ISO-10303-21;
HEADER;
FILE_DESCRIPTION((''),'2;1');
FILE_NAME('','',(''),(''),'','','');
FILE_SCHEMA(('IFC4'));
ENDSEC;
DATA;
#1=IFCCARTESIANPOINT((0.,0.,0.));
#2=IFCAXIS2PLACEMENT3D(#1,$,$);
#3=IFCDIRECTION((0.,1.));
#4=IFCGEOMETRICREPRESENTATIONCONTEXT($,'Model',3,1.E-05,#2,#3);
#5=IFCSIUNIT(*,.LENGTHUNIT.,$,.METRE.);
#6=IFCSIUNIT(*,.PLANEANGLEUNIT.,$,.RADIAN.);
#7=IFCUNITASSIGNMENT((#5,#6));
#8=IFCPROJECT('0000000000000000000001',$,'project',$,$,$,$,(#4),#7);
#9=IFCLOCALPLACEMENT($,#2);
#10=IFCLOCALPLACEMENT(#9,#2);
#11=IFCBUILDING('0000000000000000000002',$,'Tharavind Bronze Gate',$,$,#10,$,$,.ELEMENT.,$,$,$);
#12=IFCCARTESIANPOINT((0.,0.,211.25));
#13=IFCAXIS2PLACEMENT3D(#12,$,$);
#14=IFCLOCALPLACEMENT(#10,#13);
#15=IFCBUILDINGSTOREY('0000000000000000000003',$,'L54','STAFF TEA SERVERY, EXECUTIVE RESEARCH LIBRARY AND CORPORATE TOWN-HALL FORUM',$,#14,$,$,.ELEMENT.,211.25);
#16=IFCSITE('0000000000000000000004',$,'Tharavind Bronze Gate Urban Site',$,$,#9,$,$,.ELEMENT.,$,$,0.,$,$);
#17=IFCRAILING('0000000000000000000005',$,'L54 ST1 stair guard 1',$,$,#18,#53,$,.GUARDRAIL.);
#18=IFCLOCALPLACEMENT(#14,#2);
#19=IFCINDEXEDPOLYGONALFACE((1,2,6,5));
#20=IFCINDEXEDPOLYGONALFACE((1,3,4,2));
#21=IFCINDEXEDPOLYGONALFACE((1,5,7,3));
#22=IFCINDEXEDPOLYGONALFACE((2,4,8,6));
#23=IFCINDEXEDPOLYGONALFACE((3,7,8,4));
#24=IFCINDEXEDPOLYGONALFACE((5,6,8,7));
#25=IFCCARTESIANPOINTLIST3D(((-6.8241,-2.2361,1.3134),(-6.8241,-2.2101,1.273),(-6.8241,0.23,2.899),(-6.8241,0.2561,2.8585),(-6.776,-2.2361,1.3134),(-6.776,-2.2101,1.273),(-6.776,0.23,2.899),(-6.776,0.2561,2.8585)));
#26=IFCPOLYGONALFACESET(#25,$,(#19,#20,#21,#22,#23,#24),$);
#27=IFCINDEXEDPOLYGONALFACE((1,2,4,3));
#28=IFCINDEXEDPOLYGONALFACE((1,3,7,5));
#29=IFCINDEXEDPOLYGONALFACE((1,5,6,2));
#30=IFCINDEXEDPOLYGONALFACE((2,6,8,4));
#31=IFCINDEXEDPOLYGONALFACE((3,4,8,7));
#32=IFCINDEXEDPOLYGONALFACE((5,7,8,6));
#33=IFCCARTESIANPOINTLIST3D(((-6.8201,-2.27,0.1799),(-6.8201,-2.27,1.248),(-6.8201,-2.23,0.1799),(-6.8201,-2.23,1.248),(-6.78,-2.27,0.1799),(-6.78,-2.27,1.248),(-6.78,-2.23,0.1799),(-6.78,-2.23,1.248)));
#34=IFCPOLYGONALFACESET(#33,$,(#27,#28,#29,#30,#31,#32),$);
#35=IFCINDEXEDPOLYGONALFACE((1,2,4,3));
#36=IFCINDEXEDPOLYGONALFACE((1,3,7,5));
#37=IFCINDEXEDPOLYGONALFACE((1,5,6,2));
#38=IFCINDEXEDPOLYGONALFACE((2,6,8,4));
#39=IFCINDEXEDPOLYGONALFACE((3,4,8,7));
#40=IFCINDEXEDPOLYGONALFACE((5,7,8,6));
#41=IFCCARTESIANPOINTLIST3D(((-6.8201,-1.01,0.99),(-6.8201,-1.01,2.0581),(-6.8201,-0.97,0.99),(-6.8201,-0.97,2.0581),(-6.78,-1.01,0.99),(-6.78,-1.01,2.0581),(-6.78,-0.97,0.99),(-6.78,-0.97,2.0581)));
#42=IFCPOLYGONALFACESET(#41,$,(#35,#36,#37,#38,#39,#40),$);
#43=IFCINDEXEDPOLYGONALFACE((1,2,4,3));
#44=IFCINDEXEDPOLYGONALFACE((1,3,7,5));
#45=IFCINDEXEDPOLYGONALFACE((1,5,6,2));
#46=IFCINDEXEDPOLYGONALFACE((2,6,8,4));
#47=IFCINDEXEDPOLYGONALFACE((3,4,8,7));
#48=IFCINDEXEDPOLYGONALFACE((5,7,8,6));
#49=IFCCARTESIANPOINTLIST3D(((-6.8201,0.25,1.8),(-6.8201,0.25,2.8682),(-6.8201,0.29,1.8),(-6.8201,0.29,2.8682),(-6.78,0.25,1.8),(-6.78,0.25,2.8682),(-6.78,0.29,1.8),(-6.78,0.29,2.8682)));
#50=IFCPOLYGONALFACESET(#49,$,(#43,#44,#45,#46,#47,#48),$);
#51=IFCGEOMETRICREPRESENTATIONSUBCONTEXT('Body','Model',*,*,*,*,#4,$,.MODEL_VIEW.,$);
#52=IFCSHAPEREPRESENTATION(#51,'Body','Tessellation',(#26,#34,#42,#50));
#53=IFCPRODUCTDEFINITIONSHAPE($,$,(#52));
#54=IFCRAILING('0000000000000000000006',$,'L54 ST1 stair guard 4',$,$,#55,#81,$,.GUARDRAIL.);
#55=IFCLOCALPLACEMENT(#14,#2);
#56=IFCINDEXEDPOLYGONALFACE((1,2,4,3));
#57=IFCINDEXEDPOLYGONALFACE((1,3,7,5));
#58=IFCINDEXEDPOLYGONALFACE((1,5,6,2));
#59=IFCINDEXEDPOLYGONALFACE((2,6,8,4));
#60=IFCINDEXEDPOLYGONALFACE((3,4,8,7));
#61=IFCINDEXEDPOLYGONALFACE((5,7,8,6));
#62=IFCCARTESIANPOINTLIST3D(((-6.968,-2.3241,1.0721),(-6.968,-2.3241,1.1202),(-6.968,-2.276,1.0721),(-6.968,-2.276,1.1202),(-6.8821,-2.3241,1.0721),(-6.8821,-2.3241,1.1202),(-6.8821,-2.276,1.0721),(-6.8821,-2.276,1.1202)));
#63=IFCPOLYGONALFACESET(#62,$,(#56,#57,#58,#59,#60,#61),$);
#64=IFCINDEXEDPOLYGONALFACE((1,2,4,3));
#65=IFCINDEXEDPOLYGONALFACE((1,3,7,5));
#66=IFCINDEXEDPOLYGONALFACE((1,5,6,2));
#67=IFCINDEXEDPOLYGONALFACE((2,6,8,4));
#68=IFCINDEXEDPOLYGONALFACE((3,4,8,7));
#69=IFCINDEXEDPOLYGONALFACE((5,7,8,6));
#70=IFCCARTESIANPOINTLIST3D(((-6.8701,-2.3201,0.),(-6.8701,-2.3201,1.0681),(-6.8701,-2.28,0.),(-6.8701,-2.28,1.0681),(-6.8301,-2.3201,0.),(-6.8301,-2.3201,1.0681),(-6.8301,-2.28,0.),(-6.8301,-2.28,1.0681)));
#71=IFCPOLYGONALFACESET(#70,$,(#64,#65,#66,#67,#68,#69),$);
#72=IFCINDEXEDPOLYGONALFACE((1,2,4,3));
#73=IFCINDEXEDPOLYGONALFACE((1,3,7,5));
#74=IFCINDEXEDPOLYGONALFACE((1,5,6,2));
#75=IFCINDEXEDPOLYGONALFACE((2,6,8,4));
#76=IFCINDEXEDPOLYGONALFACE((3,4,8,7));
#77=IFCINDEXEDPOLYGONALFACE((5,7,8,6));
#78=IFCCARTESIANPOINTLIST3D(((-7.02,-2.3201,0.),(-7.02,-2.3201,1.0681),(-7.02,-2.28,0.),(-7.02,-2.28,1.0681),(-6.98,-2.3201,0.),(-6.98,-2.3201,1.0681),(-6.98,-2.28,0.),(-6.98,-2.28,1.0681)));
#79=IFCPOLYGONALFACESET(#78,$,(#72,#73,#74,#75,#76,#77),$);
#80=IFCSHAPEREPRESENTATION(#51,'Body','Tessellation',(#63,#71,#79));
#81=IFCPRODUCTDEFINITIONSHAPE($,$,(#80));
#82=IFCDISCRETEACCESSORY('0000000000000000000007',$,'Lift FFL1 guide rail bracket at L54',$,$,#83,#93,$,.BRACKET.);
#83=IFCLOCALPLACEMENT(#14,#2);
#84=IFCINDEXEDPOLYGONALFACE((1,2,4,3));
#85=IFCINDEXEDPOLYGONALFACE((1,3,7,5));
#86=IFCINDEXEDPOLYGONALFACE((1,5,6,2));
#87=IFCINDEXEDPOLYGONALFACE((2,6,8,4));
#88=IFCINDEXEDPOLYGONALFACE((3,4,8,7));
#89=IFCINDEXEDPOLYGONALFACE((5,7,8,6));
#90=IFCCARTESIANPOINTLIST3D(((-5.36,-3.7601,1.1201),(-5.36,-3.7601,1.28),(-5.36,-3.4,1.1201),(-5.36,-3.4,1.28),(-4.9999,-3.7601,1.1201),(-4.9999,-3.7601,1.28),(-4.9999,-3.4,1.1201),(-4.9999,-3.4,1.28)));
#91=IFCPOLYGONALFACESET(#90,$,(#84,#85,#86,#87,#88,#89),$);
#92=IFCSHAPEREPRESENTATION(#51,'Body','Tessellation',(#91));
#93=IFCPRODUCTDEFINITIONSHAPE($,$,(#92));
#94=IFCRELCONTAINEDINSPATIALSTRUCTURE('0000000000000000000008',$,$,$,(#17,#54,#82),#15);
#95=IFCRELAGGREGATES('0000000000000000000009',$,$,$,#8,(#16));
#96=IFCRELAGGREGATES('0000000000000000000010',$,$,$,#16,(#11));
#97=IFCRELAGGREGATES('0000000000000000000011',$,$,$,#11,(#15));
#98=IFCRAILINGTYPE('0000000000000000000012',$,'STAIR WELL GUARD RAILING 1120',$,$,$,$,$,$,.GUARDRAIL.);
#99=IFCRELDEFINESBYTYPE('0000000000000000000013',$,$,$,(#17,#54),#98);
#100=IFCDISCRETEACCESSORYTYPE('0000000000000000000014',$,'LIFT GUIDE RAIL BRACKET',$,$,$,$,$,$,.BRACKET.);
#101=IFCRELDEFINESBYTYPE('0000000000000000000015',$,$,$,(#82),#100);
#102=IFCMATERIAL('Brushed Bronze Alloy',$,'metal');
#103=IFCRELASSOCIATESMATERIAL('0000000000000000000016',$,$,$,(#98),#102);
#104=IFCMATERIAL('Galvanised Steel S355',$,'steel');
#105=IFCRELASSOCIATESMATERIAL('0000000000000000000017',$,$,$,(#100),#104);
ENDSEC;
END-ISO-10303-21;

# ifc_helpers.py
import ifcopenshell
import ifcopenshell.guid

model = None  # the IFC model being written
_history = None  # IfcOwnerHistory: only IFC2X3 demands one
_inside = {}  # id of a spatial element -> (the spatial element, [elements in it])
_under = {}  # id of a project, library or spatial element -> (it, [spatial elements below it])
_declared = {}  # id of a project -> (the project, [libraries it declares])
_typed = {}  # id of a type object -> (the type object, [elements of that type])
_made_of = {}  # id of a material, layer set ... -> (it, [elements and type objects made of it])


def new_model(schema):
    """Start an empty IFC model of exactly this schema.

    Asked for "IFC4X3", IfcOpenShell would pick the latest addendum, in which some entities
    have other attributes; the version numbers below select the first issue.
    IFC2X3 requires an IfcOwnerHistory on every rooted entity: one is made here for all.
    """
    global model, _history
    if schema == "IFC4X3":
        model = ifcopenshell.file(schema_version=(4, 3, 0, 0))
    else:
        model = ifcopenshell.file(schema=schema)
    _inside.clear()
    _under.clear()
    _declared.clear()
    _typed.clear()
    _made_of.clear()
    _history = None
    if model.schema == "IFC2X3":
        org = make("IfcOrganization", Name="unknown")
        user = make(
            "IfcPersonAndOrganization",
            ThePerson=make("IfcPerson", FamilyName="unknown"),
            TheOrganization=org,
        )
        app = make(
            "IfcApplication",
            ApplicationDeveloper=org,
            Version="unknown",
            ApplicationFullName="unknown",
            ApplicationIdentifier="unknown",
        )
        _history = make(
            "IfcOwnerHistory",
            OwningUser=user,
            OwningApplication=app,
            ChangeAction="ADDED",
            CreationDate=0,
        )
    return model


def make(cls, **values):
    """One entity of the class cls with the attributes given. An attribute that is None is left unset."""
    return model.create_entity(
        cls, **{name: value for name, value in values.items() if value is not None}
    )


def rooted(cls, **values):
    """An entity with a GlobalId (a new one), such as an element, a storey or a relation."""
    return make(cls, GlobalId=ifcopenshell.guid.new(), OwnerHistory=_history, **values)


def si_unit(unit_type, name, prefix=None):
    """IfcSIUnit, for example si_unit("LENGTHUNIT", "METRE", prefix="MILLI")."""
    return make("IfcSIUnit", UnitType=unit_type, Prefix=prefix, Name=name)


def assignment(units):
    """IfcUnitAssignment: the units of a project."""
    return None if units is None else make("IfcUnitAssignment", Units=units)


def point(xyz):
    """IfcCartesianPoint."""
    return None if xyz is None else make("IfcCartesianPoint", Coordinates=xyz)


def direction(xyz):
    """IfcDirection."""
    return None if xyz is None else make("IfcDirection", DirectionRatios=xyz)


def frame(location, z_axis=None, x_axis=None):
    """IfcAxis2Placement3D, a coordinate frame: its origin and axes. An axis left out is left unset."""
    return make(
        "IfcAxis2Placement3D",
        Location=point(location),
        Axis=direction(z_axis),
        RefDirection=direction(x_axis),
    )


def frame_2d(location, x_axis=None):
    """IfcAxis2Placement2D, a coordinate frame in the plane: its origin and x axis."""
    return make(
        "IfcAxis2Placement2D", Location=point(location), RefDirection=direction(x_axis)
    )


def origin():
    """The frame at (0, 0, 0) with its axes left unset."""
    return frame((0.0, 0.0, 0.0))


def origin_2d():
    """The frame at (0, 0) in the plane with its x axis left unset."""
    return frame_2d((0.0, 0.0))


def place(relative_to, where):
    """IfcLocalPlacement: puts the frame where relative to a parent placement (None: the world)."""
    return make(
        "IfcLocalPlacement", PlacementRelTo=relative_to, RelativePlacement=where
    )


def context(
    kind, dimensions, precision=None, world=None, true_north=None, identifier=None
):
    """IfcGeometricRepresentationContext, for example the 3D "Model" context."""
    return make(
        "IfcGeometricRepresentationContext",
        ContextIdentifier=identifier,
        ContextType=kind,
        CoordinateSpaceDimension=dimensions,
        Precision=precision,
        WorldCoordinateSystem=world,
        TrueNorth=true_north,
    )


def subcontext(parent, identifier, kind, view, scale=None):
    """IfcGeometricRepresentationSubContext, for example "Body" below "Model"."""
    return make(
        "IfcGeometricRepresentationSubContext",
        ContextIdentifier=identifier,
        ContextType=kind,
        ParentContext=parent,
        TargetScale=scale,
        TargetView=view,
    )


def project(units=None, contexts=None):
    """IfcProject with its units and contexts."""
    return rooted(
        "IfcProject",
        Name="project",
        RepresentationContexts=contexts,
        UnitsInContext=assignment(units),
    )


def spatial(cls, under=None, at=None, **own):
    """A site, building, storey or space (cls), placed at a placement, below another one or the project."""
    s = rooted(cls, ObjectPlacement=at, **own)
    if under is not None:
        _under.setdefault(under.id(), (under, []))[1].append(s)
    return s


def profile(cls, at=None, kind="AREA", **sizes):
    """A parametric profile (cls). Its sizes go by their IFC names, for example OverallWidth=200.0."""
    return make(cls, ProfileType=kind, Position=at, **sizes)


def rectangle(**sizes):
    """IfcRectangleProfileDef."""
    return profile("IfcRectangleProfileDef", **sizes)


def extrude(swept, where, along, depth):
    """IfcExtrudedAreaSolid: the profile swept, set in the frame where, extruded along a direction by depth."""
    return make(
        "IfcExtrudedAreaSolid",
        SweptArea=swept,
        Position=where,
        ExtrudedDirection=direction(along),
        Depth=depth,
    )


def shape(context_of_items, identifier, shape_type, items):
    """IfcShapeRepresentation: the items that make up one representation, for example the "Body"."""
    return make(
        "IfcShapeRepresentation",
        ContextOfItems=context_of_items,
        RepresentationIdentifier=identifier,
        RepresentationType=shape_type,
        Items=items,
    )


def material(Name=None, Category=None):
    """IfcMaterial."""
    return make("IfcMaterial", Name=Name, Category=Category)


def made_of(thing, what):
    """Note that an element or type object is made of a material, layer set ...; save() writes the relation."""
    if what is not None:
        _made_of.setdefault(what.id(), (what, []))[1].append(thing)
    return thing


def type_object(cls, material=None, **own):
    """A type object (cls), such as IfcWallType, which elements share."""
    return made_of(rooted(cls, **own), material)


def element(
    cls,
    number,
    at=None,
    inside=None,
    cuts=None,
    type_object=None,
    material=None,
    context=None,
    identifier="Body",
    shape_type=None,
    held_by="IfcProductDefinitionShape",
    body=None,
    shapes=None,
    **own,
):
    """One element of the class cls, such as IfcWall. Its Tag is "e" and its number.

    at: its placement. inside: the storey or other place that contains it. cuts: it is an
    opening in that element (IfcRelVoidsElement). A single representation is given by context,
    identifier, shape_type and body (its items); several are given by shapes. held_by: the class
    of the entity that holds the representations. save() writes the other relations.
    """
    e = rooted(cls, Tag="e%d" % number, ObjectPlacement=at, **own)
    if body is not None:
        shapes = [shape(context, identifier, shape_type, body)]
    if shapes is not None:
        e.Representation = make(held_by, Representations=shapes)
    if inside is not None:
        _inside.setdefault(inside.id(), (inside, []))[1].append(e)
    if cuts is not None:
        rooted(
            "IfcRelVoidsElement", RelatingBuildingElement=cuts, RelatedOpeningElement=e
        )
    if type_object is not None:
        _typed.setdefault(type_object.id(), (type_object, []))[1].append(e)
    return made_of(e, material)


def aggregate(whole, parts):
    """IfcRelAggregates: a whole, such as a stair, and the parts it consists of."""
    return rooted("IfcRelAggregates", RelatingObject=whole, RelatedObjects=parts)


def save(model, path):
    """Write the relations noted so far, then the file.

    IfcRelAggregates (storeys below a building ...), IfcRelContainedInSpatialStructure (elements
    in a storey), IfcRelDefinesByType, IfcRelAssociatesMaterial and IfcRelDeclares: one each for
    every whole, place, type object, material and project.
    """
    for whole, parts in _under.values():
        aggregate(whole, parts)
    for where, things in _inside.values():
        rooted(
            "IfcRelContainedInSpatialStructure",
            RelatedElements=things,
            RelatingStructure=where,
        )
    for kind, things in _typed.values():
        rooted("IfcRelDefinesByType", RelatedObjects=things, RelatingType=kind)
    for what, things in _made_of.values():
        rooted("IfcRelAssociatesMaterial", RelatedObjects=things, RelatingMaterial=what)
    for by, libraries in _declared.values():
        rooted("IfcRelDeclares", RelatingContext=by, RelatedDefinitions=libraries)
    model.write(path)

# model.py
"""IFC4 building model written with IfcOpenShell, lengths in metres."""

from ifc_helpers import new_model, si_unit, direction, frame, origin, origin_2d, place, context, subcontext, project, spatial, rectangle, extrude, material, type_object, element, save


model = new_model("IFC4")

# Units and contexts
model_context = context("Model", 3, precision=1e-05, world=origin(), true_north=direction((0.0, 1.0)))
body_context = subcontext(model_context, "Body", "Model", "MODEL_VIEW")
ifc_project = project(units=[si_unit("LENGTHUNIT", "METRE"), si_unit("PLANEANGLEUNIT", "RADIAN")], contexts=[model_context])

# Site, building, storey
site_placement = place(None, origin())
site = spatial("IfcSite", under=ifc_project, at=site_placement, Name="Tharavind Bronze Gate Urban Site", CompositionType="ELEMENT", RefElevation=0.0)
building_placement = place(site_placement, origin())
building = spatial("IfcBuilding", under=site, at=building_placement, Name="Tharavind Bronze Gate", CompositionType="ELEMENT")
storey_placement = place(building_placement, frame((0.0, 0.0, 211.25)))
storey = spatial("IfcBuildingStorey", under=building, at=storey_placement, Name="L54", Description="STAFF TEA SERVERY, EXECUTIVE RESEARCH LIBRARY AND CORPORATE TOWN-HALL FORUM", CompositionType="ELEMENT", Elevation=211.25)

# Railings
ifc_material_1 = material(Name="Brushed Bronze Alloy", Category="metal")
railing_type_1 = type_object("IfcRailingType", Name="STAIR WELL GUARD RAILING 1120", PredefinedType="GUARDRAIL", material=ifc_material_1)
railing_1_placement = place(storey_placement, frame((-6.8, -2.25, 0.1799)))
element("IfcRailing", 1, at=railing_1_placement, inside=storey, type_object=railing_type_1, Name="L54 ST1 stair guard 1", PredefinedType="GUARDRAIL", context=body_context, shape_type="SweptSolid", body=[
    extrude(rectangle(XDim=0.0481, YDim=0.0481, at=origin_2d()), frame((0.0, 0.0269, 1.1133), z_axis=(0.0, 0.841163, 0.540782), x_axis=(-1.0, 0.0, 0.0)), (0.0, 0.0, 1.0), 2.9319),
    extrude(rectangle(XDim=0.04, YDim=0.04, at=origin_2d()), origin(), (0.0, 0.0, 1.0), 1.0681),
    extrude(rectangle(XDim=0.04, YDim=0.04, at=origin_2d()), frame((0.0, 1.26, 0.8101)), (0.0, 0.0, 1.0), 1.0681),
    extrude(rectangle(XDim=0.04, YDim=0.04, at=origin_2d()), frame((0.0, 2.52, 1.6201)), (0.0, 0.0, 1.0), 1.0681),
])
railing_2_placement = place(storey_placement, frame((-6.8501, -2.3, 0.0)))
element("IfcRailing", 2, at=railing_2_placement, inside=storey, type_object=railing_type_1, Name="L54 ST1 stair guard 4", PredefinedType="GUARDRAIL", context=body_context, shape_type="SweptSolid", body=[
    extrude(rectangle(XDim=0.0481, YDim=0.0481, at=origin_2d()), frame((-0.032, 0.0, 1.0962), z_axis=(-1.0, 0.0, 0.0), x_axis=(0.0, -1.0, 0.0)), (0.0, 0.0, 1.0), 0.0859),
    extrude(rectangle(XDim=0.04, YDim=0.04, at=origin_2d()), origin(), (0.0, 0.0, 1.0), 1.0681),
    extrude(rectangle(XDim=0.04, YDim=0.04, at=origin_2d()), frame((-0.1499, 0.0, 0.0)), (0.0, 0.0, 1.0), 1.0681),
])

# Discrete accessory
ifc_material_2 = material(Name="Galvanised Steel S355", Category="steel")
discrete_accessory_type = type_object("IfcDiscreteAccessoryType", Name="LIFT GUIDE RAIL BRACKET", PredefinedType="BRACKET", material=ifc_material_2)
discrete_accessory_placement = place(storey_placement, frame((-5.1799, -3.5801, 1.1201), z_axis=(0.0, 0.0, 1.0), x_axis=(1.0, 0.0, 0.0)))
element("IfcDiscreteAccessory", 3, at=discrete_accessory_placement, inside=storey, type_object=discrete_accessory_type, Name="Lift FFL1 guide rail bracket at L54", PredefinedType="BRACKET", context=body_context, shape_type="SweptSolid", body=[
    extrude(rectangle(XDim=0.3601, YDim=0.3601, at=origin_2d()), origin(), (0.0, 0.0, 1.0), 0.1599),
])

save(model, "model.ifc")
